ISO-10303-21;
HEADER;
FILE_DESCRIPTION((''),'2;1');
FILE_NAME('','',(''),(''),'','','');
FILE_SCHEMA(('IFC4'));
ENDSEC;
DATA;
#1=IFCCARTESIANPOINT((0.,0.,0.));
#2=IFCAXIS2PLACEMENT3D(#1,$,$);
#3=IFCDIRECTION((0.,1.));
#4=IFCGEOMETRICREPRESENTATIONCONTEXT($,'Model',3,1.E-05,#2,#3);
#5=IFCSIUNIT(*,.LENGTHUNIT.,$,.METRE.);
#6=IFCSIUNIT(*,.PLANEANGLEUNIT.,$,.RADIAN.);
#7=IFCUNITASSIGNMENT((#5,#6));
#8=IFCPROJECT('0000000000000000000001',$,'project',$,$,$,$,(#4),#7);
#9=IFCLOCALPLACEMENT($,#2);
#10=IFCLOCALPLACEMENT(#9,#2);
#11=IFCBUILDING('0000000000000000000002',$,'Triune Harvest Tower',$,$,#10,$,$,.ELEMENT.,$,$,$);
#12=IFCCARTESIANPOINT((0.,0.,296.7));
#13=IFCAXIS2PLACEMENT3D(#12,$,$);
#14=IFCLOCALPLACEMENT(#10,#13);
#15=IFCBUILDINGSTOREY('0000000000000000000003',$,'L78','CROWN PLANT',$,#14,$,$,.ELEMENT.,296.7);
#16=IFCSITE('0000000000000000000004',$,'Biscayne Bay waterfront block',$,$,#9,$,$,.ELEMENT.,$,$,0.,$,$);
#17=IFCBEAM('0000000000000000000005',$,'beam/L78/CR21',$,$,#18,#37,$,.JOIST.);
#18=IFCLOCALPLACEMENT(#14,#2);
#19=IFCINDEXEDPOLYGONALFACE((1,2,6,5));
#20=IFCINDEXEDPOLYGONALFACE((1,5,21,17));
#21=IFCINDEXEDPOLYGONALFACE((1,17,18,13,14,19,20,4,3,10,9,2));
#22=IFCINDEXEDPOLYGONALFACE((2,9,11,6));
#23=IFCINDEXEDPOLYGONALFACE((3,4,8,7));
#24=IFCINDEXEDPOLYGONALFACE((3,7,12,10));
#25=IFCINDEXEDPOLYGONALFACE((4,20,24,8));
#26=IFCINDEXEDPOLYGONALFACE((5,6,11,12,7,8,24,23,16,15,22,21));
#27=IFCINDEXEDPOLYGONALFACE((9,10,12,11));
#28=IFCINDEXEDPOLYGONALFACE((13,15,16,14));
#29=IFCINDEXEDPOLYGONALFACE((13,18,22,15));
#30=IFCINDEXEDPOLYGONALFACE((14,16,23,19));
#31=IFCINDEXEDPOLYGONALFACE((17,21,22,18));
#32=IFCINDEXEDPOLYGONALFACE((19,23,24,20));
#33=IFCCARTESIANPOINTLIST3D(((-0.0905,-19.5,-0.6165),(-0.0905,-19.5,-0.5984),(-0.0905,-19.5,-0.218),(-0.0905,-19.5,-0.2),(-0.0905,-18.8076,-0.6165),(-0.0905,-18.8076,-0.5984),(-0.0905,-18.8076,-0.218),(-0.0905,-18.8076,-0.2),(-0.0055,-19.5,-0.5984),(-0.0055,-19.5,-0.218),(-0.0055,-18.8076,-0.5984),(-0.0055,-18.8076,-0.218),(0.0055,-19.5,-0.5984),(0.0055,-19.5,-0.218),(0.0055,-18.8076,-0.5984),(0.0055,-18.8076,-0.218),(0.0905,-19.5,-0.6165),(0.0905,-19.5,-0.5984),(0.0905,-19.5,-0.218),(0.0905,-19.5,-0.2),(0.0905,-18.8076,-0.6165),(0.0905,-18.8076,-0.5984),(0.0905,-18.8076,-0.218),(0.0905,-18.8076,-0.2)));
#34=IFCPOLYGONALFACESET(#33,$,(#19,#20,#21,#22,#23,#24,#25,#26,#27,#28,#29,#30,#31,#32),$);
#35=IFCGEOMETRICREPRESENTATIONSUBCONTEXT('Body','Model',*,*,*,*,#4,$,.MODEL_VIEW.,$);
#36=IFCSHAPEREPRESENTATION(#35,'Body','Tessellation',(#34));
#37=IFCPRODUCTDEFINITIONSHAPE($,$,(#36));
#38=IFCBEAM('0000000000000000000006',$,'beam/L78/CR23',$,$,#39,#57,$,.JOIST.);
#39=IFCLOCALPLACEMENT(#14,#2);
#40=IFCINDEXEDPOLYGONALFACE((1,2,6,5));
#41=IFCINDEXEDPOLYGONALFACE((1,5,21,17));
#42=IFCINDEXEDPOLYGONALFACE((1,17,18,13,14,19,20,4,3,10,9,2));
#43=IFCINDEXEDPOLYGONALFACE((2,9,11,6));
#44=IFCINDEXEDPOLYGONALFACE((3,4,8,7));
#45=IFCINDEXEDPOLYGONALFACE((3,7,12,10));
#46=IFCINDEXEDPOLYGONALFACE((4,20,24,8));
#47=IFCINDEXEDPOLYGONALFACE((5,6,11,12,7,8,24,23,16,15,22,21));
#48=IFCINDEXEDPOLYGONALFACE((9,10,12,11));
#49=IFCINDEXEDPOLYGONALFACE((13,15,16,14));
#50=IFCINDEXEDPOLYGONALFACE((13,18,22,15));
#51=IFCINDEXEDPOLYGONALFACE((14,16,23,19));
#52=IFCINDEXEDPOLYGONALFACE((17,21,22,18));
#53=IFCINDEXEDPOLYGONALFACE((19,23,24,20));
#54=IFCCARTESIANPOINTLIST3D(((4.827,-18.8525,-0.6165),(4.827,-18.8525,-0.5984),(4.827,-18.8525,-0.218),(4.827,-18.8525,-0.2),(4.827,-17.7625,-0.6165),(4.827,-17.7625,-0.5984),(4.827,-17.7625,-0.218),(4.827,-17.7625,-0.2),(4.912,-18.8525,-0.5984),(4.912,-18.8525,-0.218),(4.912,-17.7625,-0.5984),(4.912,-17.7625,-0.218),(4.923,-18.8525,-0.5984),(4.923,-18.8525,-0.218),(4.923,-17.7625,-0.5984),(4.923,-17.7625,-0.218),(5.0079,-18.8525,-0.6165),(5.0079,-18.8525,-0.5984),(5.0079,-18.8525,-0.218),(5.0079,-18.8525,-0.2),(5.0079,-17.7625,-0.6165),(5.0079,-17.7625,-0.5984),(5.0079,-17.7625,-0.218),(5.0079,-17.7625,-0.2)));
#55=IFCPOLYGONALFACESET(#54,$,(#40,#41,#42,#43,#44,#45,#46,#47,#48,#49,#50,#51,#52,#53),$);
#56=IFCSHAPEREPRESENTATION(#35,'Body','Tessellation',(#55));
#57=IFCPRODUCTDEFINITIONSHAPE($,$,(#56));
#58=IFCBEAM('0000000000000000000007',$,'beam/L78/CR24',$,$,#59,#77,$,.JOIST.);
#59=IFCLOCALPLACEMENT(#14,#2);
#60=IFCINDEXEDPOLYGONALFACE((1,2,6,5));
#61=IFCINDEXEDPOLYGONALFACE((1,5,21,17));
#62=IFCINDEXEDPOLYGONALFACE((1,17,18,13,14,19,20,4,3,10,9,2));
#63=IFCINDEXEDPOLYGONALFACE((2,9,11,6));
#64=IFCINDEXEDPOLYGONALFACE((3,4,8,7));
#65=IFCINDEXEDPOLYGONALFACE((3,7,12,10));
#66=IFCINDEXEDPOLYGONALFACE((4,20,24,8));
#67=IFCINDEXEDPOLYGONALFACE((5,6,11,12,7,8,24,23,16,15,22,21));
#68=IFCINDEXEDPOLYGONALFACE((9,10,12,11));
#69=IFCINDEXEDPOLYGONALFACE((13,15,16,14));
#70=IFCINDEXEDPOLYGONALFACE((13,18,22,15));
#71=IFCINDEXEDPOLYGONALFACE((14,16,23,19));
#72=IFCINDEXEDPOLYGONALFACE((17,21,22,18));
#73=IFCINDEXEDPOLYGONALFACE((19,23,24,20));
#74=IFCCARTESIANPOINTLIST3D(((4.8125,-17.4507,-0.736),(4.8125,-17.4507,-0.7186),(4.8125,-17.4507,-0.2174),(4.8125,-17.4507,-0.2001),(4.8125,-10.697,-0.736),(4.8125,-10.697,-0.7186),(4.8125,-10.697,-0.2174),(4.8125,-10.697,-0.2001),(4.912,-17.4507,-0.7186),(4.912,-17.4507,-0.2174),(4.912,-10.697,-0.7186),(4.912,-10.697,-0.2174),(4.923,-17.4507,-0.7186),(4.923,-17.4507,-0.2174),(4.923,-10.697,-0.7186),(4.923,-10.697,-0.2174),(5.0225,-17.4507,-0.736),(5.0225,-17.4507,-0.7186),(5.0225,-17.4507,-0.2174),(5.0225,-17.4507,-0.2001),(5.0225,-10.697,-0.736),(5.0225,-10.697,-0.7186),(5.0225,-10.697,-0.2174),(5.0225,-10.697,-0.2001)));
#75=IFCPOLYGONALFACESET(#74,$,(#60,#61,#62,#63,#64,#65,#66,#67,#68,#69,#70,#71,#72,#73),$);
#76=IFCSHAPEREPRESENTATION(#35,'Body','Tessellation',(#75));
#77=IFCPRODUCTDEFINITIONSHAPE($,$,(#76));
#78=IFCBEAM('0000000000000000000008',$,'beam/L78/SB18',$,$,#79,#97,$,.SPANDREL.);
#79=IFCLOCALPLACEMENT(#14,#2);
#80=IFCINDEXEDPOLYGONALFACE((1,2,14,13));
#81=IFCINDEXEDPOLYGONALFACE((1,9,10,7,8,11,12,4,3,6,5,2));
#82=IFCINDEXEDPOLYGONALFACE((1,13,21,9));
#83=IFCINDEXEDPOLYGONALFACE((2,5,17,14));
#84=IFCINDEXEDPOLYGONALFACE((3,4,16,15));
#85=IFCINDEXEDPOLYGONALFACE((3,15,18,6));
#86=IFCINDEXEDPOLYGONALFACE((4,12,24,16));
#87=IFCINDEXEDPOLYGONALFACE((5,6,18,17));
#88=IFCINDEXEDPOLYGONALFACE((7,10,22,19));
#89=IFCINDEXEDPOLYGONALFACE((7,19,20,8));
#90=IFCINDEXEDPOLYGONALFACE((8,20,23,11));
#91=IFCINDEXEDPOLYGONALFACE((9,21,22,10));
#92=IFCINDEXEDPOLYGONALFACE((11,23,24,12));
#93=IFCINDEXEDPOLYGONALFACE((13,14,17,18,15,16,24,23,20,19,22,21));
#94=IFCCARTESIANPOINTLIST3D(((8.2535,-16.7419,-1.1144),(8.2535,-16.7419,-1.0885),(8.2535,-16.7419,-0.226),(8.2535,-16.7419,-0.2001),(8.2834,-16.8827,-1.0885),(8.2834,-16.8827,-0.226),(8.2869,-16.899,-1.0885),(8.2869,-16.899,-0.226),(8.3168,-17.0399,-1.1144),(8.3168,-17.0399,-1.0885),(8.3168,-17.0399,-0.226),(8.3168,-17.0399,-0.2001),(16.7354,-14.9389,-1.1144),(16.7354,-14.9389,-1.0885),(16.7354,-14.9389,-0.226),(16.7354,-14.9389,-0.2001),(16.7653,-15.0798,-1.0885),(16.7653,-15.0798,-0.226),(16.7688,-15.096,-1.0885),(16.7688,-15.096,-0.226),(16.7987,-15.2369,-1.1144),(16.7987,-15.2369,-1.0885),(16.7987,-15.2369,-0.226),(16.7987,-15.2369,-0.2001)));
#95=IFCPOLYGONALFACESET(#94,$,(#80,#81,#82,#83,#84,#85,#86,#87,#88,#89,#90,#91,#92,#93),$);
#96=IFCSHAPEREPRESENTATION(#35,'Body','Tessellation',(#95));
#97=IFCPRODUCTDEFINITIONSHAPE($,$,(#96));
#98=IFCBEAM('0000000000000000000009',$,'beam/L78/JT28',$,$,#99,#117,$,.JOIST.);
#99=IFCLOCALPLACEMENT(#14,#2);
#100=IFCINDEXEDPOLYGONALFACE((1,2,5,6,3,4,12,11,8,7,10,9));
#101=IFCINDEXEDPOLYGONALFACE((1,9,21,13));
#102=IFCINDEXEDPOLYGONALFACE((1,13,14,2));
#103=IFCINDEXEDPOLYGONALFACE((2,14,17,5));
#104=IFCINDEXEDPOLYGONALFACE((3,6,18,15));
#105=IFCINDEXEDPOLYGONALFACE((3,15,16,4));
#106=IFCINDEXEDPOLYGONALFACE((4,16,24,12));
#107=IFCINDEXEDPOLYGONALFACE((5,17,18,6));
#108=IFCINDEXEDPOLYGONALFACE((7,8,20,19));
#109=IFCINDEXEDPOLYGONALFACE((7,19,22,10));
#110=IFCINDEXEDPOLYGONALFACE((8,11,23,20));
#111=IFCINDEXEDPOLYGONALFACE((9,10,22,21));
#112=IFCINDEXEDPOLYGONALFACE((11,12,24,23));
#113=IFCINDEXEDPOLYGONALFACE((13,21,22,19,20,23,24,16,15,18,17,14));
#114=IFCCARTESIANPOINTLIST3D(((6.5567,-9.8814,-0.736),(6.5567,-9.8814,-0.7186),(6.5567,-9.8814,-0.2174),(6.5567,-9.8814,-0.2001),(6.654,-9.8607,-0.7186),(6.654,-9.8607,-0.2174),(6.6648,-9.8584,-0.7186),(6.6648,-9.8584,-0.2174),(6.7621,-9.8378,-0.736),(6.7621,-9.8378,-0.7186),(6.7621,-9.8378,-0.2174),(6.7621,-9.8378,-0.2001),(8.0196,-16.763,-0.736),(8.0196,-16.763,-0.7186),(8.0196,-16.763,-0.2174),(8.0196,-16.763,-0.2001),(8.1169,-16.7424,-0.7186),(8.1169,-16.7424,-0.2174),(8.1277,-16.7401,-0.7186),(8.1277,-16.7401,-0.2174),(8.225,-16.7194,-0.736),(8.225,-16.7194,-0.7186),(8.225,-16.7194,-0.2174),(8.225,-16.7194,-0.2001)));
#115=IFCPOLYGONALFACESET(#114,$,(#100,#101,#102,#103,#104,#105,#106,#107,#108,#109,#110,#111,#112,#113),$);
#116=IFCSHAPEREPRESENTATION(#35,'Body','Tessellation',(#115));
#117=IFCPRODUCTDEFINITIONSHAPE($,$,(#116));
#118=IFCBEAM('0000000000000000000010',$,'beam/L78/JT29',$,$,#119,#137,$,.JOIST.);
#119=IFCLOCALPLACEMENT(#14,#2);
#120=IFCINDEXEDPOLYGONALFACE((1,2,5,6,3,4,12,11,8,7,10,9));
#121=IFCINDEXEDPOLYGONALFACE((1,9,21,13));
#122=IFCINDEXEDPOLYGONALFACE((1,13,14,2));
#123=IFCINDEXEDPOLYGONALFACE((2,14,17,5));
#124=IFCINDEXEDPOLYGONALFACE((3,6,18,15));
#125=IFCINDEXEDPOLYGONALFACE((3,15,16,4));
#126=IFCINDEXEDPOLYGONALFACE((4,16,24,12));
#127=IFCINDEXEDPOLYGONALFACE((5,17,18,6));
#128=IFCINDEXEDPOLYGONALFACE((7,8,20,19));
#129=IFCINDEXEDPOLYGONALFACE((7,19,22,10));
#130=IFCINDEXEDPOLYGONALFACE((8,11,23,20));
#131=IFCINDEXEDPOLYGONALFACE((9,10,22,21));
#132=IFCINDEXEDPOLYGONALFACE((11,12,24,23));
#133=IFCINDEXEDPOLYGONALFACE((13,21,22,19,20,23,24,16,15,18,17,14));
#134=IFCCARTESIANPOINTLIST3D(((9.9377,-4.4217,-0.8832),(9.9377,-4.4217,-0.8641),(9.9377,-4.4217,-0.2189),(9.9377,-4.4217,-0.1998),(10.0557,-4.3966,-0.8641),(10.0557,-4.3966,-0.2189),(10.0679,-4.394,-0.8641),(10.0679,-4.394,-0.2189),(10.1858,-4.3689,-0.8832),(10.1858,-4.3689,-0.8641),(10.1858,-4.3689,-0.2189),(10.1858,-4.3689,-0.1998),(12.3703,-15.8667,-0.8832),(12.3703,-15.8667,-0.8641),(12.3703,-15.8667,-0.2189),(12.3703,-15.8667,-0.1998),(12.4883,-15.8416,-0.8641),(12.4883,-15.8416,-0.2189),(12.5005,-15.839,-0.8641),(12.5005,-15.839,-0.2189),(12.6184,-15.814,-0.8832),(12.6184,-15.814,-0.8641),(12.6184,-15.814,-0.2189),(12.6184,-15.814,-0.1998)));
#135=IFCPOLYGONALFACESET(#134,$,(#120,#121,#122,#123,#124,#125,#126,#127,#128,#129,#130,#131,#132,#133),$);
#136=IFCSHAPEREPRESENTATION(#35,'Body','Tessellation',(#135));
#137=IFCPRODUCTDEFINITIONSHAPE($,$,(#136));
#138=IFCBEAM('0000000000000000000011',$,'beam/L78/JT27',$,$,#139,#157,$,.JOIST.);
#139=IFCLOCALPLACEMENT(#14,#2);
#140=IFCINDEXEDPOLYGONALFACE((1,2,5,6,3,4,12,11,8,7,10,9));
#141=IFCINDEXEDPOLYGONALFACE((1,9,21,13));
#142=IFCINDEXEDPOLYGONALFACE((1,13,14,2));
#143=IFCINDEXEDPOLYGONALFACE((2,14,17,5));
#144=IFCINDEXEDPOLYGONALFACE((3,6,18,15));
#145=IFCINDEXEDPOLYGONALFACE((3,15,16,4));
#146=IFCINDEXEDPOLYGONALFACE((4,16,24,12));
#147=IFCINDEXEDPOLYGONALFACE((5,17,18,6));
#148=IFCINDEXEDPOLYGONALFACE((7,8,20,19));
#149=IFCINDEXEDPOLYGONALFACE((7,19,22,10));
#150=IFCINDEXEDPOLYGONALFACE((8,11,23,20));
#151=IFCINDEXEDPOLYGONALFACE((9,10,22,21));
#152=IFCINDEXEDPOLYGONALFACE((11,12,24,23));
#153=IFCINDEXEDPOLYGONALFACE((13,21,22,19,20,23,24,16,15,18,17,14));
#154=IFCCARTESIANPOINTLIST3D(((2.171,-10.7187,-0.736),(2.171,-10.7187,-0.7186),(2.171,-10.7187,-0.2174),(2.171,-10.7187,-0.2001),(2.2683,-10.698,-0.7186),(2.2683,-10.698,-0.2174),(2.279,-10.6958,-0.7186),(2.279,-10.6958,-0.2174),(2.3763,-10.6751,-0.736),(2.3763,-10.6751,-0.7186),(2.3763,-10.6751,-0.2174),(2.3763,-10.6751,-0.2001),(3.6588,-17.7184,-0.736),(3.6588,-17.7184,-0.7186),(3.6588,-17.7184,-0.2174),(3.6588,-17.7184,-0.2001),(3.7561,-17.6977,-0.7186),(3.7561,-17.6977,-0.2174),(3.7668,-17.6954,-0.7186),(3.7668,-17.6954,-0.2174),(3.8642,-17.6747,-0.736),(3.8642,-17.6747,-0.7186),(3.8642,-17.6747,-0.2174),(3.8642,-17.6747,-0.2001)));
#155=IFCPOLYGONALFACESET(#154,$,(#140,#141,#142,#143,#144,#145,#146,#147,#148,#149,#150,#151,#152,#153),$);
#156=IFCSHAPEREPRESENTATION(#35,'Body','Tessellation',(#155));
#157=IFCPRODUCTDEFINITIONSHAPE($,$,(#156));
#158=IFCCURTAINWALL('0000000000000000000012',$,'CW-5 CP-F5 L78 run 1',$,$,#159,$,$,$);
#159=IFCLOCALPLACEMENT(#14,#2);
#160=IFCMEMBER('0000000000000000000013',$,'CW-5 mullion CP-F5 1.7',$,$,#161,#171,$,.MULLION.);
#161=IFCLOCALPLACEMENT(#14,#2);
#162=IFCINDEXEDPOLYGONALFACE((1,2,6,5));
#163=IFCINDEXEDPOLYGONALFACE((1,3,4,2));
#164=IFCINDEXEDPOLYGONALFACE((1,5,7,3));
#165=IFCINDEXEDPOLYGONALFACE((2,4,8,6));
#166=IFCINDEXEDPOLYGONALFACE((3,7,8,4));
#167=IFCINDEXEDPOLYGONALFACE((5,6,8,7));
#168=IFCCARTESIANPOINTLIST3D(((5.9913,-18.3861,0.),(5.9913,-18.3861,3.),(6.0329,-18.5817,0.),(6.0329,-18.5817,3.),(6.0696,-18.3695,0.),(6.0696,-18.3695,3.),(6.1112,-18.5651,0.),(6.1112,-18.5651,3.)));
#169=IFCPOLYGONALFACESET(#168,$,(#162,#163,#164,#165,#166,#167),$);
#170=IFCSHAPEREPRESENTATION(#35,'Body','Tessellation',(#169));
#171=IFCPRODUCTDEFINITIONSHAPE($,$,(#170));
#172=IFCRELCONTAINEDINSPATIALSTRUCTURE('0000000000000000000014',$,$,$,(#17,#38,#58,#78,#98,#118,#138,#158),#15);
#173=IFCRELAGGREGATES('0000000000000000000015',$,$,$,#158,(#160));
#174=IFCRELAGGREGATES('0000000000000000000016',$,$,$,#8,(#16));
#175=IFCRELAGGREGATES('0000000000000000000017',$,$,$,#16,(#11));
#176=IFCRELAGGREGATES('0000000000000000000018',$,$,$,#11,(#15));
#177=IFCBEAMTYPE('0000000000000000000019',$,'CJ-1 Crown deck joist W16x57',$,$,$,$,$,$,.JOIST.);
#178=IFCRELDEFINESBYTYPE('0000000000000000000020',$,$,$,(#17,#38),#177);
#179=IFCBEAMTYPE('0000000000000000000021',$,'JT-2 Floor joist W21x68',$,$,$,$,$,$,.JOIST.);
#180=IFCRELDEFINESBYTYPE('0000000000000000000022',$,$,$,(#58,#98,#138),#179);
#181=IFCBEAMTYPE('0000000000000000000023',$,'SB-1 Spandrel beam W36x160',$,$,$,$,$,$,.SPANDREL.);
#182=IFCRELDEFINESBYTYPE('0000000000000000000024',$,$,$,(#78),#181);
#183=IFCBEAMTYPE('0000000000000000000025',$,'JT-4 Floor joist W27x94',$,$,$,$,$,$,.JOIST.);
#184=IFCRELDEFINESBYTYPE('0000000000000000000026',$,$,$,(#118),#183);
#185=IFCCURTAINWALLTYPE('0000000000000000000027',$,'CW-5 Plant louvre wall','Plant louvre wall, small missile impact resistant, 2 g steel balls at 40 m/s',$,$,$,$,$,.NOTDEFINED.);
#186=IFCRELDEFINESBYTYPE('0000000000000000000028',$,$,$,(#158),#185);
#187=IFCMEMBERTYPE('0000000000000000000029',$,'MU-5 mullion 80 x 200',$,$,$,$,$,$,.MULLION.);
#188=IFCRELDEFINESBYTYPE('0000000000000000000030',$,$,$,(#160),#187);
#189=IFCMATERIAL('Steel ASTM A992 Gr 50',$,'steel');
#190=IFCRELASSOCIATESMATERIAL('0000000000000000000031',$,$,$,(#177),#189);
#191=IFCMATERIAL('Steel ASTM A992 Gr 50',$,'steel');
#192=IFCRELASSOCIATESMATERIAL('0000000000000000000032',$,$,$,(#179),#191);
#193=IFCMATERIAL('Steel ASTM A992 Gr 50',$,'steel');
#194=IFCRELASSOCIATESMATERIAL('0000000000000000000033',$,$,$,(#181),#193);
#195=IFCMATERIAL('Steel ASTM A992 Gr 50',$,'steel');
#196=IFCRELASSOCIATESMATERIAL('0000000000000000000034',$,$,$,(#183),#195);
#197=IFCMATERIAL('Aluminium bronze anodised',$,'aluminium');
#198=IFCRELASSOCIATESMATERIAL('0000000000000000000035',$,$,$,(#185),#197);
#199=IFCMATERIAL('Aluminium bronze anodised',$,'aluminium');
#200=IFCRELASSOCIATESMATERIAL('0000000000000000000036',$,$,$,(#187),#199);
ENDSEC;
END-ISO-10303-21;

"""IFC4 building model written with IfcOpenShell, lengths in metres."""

from ifc_helpers import new_model, si_unit, direction, frame, origin, origin_2d, place, context, subcontext, project, spatial, rectangle, i_section, extrude, source, transform, mapped, material, material_profile, profile_set, type_object, element, aggregate, save


model = new_model("IFC4")

# Units and contexts
model_context = context("Model", 3, precision=1e-05, world=origin(), true_north=direction((0.0, 1.0)))
body_context = subcontext(model_context, "Body", "Model", "MODEL_VIEW")
ifc_project = project(units=[si_unit("LENGTHUNIT", "METRE"), si_unit("PLANEANGLEUNIT", "RADIAN")], contexts=[model_context])

# Site, building, storey
site_placement = place(None, origin())
site = spatial("IfcSite", under=ifc_project, at=site_placement, Name="Biscayne Bay waterfront block", CompositionType="ELEMENT", RefElevation=0.0)
building_placement = place(site_placement, origin())
building = spatial("IfcBuilding", under=site, at=building_placement, Name="Triune Harvest Tower", CompositionType="ELEMENT")
storey_placement = place(building_placement, frame((0.0, 0.0, 296.7)))
storey = spatial("IfcBuildingStorey", under=building, at=storey_placement, Name="L78", Description="CROWN PLANT", CompositionType="ELEMENT", Elevation=296.7)

# Beams
ifc_material_1 = material(Name="Steel ASTM A992 Gr 50", Category="steel")
ifc_material_profile_1 = material_profile(ifc_material_1, i_section(OverallWidth=0.1809, OverallDepth=0.4165, WebThickness=0.011, FlangeThickness=0.0181, at=origin_2d()), Name="W16x57")
ifc_profile_set_1 = profile_set([ifc_material_profile_1], Name="Steel ASTM A992 Gr 50")
beam_type_1 = type_object("IfcBeamType", Name="CJ-1 Crown deck joist W16x57", PredefinedType="JOIST", material=ifc_profile_set_1)
beam_1_placement = place(storey_placement, frame((0.0, -18.8076, -0.4082), z_axis=(0.0, -1.0, 0.0), x_axis=(1.0, 0.0, 0.0)))
element("IfcBeam", 1, at=beam_1_placement, inside=storey, type_object=beam_type_1, Name="beam/L78/CR21", PredefinedType="JOIST", context=body_context, shape_type="SweptSolid", body=[
    extrude(i_section(OverallWidth=0.1809, OverallDepth=0.4165, WebThickness=0.011, FlangeThickness=0.0181, at=origin_2d()), origin(), (0.0, 0.0, 1.0), 0.6924),
])
beam_2_placement = place(storey_placement, frame((4.9175, -17.7625, -0.4082), z_axis=(0.0, -1.0, 0.0), x_axis=(1.0, 0.0, 0.0)))
element("IfcBeam", 2, at=beam_2_placement, inside=storey, type_object=beam_type_1, Name="beam/L78/CR23", PredefinedType="JOIST", context=body_context, shape_type="SweptSolid", body=[
    extrude(i_section(OverallWidth=0.1809, OverallDepth=0.4165, WebThickness=0.011, FlangeThickness=0.0181, at=origin_2d()), origin(), (0.0, 0.0, 1.0), 1.0901),
])
ifc_material_2 = material(Name="Steel ASTM A992 Gr 50", Category="steel")
ifc_material_profile_2 = material_profile(ifc_material_2, i_section(OverallWidth=0.21, OverallDepth=0.5359, WebThickness=0.011, FlangeThickness=0.0173, at=origin_2d()), Name="W21x68")
ifc_profile_set_2 = profile_set([ifc_material_profile_2], Name="Steel ASTM A992 Gr 50")
beam_type_2 = type_object("IfcBeamType", Name="JT-2 Floor joist W21x68", PredefinedType="JOIST", material=ifc_profile_set_2)
beam_3_placement = place(storey_placement, frame((4.9175, -17.4507, -0.468), z_axis=(0.0, 1.0, 0.0), x_axis=(-1.0, 0.0, 0.0)))
element("IfcBeam", 3, at=beam_3_placement, inside=storey, type_object=beam_type_2, Name="beam/L78/CR24", PredefinedType="JOIST", context=body_context, shape_type="SweptSolid", body=[
    extrude(i_section(OverallWidth=0.21, OverallDepth=0.5359, WebThickness=0.011, FlangeThickness=0.0173, at=origin_2d()), origin(), (0.0, 0.0, 1.0), 6.7537),
])
ifc_material_3 = material(Name="Steel ASTM A992 Gr 50", Category="steel")
ifc_material_profile_3 = material_profile(ifc_material_3, i_section(OverallWidth=0.3047, OverallDepth=0.9143, WebThickness=0.0166, FlangeThickness=0.0259, at=origin_2d()), Name="W36x160")
ifc_profile_set_3 = profile_set([ifc_material_profile_3], Name="Steel ASTM A992 Gr 50")
beam_type_3 = type_object("IfcBeamType", Name="SB-1 Spandrel beam W36x160", PredefinedType="SPANDREL", material=ifc_profile_set_3)
shared_shape_1 = source(origin(), body_context, "Body", "SweptSolid", [
    extrude(i_section(OverallWidth=0.3047, OverallDepth=0.9143, WebThickness=0.0166, FlangeThickness=0.0259, at=origin_2d()), origin(), (0.0, 0.0, 1.0), 8.6714),
])
beam_4_placement = place(storey_placement, frame((8.2852, -16.8909, -0.6572), z_axis=(0.978146, 0.207921, 0.0), x_axis=(-0.207921, 0.978146, 0.0)))
element("IfcBeam", 4, at=beam_4_placement, inside=storey, type_object=beam_type_3, Name="beam/L78/SB18", PredefinedType="SPANDREL", context=body_context, shape_type="MappedRepresentation", body=[
    mapped(shared_shape_1, transform((0.0, 0.0, 0.0), scale=1.0)),
])
shared_shape_2 = source(origin(), body_context, "Body", "SweptSolid", [
    extrude(i_section(OverallWidth=0.21, OverallDepth=0.5359, WebThickness=0.011, FlangeThickness=0.0173, at=origin_2d()), origin(), (0.0, 0.0, 1.0), 7.0354),
])
beam_5_placement = place(storey_placement, frame((8.1223, -16.7412, -0.468), z_axis=(-0.207934, 0.978143, 0.0), x_axis=(-0.978143, -0.207934, 0.0)))
element("IfcBeam", 5, at=beam_5_placement, inside=storey, type_object=beam_type_2, Name="beam/L78/JT28", PredefinedType="JOIST", context=body_context, shape_type="MappedRepresentation", body=[
    mapped(shared_shape_2, transform((0.0, 0.0, 0.0), scale=1.0)),
])
ifc_material_4 = material(Name="Steel ASTM A992 Gr 50", Category="steel")
ifc_material_profile_4 = material_profile(ifc_material_4, i_section(OverallWidth=0.2537, OverallDepth=0.6833, WebThickness=0.0125, FlangeThickness=0.019, at=origin_2d()), Name="W27x94")
ifc_profile_set_4 = profile_set([ifc_material_profile_4], Name="Steel ASTM A992 Gr 50")
beam_type_4 = type_object("IfcBeamType", Name="JT-4 Floor joist W27x94", PredefinedType="JOIST", material=ifc_profile_set_4)
shared_shape_3 = source(origin(), body_context, "Body", "SweptSolid", [
    extrude(i_section(OverallWidth=0.2537, OverallDepth=0.6833, WebThickness=0.0125, FlangeThickness=0.019, at=origin_2d()), origin(), (0.0, 0.0, 1.0), 11.7007),
])
beam_6_placement = place(storey_placement, frame((12.4944, -15.8403, -0.5415), z_axis=(-0.207903, 0.978149, 0.0), x_axis=(-0.978149, -0.207903, 0.0)))
element("IfcBeam", 6, at=beam_6_placement, inside=storey, type_object=beam_type_4, Name="beam/L78/JT29", PredefinedType="JOIST", context=body_context, shape_type="MappedRepresentation", body=[
    mapped(shared_shape_3, transform((0.0, 0.0, 0.0), scale=1.0)),
])
shared_shape_4 = source(origin(), body_context, "Body", "SweptSolid", [
    extrude(i_section(OverallWidth=0.21, OverallDepth=0.5359, WebThickness=0.011, FlangeThickness=0.0173, at=origin_2d()), origin(), (0.0, 0.0, 1.0), 7.156),
])
beam_7_placement = place(storey_placement, frame((3.7615, -17.6965, -0.468), z_axis=(-0.207912, 0.978148, 0.0), x_axis=(-0.978148, -0.207912, 0.0)))
element("IfcBeam", 7, at=beam_7_placement, inside=storey, type_object=beam_type_2, Name="beam/L78/JT27", PredefinedType="JOIST", context=body_context, shape_type="MappedRepresentation", body=[
    mapped(shared_shape_4, transform((0.0, 0.0, 0.0), scale=1.0)),
])

# Curtain wall, member
ifc_material_5 = material(Name="Aluminium bronze anodised", Category="aluminium")
curtain_wall_type = type_object("IfcCurtainWallType", Name="CW-5 Plant louvre wall", Description="Plant louvre wall, small missile impact resistant, 2 g steel balls at 40 m/s", PredefinedType="NOTDEFINED", material=ifc_material_5)
curtain_wall_placement = place(storey_placement, origin())
curtain_wall = element("IfcCurtainWall", 8, at=curtain_wall_placement, inside=storey, type_object=curtain_wall_type, Name="CW-5 CP-F5 L78 run 1")
ifc_material_6 = material(Name="Aluminium bronze anodised", Category="aluminium")
ifc_material_profile_5 = material_profile(ifc_material_6, rectangle(XDim=0.2, YDim=0.0801, at=origin_2d()), Name="MU-5 mullion 80 x 200")
ifc_profile_set_5 = profile_set([ifc_material_profile_5], Name="Aluminium bronze anodised")
member_type_1 = type_object("IfcMemberType", Name="MU-5 mullion 80 x 200", PredefinedType="MULLION", material=ifc_profile_set_5)
shared_shape_5 = source(origin(), body_context, "Body", "SweptSolid", [
    extrude(rectangle(XDim=0.2, YDim=0.0801, at=origin_2d()), origin(), (0.0, 0.0, 1.0), 3.0),
])
member_1_placement = place(storey_placement, frame((6.0513, -18.4756, 0.0), z_axis=(0.0, 0.0, 1.0), x_axis=(-0.207911, 0.978148, 0.0)))
member_1 = element("IfcMember", 9, at=member_1_placement, type_object=member_type_1, Name="CW-5 mullion CP-F5 1.7", PredefinedType="MULLION", context=body_context, shape_type="MappedRepresentation", body=[
    mapped(shared_shape_5, transform((0.0, 0.0, 0.0), scale=1.0)),
])

aggregate(curtain_wall, [member_1])

save(model, "model.ifc")
